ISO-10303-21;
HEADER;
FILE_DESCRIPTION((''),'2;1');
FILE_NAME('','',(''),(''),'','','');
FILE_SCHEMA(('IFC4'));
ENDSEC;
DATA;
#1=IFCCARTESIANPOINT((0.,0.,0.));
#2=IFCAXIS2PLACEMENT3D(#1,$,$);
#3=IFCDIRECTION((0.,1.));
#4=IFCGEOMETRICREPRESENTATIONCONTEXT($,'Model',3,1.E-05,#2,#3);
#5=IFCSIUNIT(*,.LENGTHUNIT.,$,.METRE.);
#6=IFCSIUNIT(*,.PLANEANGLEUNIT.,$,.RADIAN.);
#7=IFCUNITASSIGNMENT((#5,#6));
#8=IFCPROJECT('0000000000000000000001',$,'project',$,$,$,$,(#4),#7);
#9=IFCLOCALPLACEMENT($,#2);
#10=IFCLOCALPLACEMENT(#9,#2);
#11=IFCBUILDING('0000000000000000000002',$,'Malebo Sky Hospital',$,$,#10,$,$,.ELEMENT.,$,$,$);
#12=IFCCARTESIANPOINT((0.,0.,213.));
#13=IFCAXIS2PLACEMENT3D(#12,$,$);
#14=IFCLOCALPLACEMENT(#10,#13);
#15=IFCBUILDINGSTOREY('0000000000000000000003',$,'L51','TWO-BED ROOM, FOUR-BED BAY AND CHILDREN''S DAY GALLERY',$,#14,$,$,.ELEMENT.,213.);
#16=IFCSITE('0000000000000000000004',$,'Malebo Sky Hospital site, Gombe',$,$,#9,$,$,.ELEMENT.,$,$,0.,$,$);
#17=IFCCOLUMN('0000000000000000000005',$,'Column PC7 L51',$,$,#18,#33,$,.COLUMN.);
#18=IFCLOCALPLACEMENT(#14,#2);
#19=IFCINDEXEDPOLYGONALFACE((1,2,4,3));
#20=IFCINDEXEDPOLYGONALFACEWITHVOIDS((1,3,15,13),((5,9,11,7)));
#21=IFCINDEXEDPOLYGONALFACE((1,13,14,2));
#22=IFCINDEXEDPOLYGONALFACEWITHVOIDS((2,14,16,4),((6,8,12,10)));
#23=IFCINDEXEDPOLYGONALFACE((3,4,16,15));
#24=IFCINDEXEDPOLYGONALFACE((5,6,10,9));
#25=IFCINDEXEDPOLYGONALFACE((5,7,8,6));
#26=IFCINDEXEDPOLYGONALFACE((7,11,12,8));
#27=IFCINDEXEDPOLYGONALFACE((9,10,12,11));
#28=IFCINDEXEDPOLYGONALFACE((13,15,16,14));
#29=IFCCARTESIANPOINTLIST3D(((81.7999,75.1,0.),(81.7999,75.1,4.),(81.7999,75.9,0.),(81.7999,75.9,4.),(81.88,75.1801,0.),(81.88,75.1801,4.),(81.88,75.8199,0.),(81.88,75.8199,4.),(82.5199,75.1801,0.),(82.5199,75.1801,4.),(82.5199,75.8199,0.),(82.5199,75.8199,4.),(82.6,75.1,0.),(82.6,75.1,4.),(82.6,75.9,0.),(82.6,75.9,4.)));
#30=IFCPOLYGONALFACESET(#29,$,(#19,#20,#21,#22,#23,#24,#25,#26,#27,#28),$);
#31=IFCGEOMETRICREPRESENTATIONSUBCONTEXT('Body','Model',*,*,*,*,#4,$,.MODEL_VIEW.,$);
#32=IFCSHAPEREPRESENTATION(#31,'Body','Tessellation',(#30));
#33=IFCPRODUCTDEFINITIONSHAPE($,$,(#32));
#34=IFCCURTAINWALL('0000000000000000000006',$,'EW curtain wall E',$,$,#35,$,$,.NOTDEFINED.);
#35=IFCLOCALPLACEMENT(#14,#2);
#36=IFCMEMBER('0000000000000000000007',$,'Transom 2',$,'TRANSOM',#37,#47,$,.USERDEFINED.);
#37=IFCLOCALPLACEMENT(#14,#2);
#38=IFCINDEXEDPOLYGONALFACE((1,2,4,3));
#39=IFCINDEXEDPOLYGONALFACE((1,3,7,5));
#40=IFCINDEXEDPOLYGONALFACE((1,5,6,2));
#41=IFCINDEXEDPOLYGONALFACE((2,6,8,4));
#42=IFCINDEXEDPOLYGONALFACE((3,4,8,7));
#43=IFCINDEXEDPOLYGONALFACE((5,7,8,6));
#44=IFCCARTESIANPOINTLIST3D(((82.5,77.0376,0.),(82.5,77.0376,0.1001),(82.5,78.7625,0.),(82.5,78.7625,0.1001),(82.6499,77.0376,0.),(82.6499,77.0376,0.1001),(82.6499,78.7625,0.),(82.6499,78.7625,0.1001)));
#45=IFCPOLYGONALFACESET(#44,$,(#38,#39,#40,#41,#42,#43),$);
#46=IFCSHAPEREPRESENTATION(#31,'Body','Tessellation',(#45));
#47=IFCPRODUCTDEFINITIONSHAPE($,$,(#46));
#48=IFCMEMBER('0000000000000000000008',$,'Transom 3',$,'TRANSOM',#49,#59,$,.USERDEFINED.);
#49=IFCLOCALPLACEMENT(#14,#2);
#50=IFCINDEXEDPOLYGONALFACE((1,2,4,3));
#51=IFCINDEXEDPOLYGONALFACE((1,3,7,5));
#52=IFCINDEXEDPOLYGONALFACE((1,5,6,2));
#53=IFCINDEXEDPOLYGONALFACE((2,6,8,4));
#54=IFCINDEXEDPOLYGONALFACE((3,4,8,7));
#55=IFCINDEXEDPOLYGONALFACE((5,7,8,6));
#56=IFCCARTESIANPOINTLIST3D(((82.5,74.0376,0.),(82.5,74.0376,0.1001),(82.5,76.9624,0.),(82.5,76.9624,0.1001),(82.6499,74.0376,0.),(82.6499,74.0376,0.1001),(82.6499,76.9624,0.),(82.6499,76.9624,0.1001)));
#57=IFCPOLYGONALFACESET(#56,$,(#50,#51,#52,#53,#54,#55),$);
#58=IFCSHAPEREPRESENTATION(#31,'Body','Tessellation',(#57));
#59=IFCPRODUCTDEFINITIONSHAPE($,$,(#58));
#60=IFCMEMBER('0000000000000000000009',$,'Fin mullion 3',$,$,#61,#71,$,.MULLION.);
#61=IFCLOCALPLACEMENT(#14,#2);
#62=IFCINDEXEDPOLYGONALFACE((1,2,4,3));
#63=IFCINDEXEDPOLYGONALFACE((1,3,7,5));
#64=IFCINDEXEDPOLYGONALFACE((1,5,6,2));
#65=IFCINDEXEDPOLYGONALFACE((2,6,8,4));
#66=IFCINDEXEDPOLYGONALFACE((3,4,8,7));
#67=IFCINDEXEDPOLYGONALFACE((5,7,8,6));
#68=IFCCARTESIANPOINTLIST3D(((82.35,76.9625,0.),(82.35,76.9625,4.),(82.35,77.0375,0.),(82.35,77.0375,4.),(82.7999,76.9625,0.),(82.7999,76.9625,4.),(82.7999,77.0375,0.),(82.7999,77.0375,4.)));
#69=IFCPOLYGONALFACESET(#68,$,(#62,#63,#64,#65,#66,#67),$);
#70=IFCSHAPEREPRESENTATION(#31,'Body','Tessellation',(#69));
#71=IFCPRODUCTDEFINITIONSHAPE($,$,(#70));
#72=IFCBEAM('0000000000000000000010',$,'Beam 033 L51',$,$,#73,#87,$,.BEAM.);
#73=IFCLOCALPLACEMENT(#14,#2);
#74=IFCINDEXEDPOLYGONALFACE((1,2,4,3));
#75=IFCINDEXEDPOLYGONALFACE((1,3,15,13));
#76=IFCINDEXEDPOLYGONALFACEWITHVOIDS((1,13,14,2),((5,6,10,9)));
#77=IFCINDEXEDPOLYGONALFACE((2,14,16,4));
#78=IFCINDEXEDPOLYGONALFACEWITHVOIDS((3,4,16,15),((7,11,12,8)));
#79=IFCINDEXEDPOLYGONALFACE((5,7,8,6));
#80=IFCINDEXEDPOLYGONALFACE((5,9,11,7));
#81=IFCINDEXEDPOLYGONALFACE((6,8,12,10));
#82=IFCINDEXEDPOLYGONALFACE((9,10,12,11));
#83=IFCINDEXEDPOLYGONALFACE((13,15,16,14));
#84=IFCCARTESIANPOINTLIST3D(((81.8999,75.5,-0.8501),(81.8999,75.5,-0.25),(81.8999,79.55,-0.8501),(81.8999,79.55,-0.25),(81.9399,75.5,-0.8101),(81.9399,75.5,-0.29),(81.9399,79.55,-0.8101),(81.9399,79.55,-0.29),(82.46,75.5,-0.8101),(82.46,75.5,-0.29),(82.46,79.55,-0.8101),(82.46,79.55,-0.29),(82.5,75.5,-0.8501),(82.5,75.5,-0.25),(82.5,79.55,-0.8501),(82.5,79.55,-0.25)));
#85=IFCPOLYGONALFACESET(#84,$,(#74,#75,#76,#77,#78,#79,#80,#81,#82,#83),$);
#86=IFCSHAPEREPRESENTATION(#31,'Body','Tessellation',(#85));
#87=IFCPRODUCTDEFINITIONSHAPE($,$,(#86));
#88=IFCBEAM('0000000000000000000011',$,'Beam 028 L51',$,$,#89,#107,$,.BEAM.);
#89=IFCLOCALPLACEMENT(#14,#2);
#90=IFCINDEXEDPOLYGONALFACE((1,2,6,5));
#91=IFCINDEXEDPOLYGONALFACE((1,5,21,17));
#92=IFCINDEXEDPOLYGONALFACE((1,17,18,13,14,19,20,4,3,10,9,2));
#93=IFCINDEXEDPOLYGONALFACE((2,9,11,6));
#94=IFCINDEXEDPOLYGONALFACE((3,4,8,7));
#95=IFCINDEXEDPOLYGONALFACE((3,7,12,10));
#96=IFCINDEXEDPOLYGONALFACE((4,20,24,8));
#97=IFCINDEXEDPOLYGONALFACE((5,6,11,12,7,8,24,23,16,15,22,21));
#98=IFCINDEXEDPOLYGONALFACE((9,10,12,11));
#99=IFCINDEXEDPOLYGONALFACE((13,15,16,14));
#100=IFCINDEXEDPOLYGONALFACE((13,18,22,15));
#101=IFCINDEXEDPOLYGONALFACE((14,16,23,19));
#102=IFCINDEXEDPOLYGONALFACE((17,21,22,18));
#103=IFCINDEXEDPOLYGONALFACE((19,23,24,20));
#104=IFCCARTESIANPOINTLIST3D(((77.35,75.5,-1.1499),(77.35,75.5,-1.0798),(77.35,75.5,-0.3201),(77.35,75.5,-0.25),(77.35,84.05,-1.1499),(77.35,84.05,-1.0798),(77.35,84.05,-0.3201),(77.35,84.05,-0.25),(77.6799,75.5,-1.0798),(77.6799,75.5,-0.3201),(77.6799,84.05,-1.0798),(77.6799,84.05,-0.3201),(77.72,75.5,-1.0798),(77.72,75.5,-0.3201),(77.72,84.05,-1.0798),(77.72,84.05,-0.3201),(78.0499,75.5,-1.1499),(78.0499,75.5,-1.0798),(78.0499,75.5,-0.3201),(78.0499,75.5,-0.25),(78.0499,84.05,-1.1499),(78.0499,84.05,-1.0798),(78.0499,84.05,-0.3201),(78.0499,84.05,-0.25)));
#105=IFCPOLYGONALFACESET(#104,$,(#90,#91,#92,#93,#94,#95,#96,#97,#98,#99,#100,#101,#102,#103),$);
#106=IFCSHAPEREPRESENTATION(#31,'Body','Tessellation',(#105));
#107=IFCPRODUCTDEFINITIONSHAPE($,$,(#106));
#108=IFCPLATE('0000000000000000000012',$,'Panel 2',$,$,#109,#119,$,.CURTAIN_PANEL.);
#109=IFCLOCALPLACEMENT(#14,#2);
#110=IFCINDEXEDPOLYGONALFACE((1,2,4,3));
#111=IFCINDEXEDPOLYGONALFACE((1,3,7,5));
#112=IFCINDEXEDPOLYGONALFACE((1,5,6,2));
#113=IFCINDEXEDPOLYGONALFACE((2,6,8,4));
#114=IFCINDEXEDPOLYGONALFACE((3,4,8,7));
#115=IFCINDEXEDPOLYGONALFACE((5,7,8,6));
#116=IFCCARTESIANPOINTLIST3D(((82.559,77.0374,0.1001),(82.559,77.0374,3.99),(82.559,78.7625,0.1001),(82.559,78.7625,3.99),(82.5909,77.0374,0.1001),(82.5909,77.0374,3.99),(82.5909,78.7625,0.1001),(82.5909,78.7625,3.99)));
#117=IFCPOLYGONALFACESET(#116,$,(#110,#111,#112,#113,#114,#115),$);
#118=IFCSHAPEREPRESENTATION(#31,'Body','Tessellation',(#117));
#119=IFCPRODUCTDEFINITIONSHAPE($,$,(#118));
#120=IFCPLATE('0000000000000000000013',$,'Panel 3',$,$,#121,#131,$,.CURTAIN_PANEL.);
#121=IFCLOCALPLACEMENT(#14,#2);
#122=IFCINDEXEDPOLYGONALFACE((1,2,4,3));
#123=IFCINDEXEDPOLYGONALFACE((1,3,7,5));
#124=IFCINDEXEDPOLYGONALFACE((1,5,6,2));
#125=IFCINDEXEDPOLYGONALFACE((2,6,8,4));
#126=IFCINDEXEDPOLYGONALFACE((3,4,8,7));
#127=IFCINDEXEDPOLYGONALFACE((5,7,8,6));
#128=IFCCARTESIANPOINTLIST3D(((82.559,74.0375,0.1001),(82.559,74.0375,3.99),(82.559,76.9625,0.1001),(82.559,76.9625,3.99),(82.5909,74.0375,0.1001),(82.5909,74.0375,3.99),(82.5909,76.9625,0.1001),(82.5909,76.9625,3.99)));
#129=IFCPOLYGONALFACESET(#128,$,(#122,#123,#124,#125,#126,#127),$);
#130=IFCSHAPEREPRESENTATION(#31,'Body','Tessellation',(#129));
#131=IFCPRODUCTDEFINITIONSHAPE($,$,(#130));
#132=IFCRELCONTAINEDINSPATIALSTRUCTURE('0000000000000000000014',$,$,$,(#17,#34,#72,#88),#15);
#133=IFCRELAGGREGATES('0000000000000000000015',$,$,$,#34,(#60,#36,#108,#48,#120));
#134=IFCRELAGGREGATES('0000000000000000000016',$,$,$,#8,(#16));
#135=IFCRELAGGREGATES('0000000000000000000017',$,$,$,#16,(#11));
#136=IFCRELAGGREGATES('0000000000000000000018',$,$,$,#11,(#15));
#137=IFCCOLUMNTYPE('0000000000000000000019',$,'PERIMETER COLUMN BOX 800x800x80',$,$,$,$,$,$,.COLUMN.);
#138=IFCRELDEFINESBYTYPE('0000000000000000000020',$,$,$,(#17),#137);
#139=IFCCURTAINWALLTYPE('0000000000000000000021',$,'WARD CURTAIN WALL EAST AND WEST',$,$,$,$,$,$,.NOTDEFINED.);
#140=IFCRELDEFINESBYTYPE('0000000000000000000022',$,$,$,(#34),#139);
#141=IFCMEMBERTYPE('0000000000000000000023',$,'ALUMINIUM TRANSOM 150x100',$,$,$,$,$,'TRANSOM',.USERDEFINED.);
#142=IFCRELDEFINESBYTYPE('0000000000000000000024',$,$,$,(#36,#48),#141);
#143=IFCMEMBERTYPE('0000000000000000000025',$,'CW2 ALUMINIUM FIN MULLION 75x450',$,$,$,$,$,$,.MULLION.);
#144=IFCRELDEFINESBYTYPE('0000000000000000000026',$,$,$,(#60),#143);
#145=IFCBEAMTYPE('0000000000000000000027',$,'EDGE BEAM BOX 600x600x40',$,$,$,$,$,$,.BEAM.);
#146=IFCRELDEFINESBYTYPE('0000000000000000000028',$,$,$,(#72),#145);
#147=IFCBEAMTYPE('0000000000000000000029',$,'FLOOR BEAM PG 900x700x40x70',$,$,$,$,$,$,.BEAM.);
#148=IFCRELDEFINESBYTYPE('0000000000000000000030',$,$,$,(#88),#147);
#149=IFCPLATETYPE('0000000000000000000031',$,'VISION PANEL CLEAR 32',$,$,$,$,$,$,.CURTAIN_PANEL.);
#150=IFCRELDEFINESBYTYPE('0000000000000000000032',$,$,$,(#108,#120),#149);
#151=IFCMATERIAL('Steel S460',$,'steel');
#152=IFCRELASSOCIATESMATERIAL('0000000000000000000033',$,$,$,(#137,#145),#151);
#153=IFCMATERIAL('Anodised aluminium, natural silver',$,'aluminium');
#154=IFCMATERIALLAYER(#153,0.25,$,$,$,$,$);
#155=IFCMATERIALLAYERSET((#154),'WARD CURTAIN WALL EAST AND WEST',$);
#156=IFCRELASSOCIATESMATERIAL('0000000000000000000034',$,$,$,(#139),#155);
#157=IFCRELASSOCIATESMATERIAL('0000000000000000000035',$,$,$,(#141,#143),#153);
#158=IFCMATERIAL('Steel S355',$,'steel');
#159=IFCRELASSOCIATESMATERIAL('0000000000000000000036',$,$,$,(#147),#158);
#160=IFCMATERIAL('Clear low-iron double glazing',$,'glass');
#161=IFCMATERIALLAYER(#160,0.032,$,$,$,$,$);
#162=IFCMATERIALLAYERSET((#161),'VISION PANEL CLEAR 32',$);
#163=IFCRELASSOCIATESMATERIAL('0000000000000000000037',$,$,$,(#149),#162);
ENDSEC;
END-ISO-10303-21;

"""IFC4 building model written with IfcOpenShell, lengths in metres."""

from ifc_helpers import new_model, si_unit, direction, frame, origin, origin_2d, place, context, subcontext, project, spatial, rectangle, hollow_rectangle, i_section, extrude, material, layer, layer_set, material_profile, profile_set, type_object, element, aggregate, save


model = new_model("IFC4")

# Units and contexts
model_context = context("Model", 3, precision=1e-05, world=origin(), true_north=direction((0.0, 1.0)))
body_context = subcontext(model_context, "Body", "Model", "MODEL_VIEW")
ifc_project = project(units=[si_unit("LENGTHUNIT", "METRE"), si_unit("PLANEANGLEUNIT", "RADIAN")], contexts=[model_context])

# Site, building, storey
site_placement = place(None, origin())
site = spatial("IfcSite", under=ifc_project, at=site_placement, Name="Malebo Sky Hospital site, Gombe", CompositionType="ELEMENT", RefElevation=0.0)
building_placement = place(site_placement, origin())
building = spatial("IfcBuilding", under=site, at=building_placement, Name="Malebo Sky Hospital", CompositionType="ELEMENT")
storey_placement = place(building_placement, frame((0.0, 0.0, 213.0)))
storey = spatial("IfcBuildingStorey", under=building, at=storey_placement, Name="L51", Description="TWO-BED ROOM, FOUR-BED BAY AND CHILDREN'S DAY GALLERY", CompositionType="ELEMENT", Elevation=213.0)

# Column
ifc_material_1 = material(Name="Steel S460", Category="steel")
ifc_material_profile_1 = material_profile(ifc_material_1, hollow_rectangle(XDim=0.8, YDim=0.8, WallThickness=0.0801, at=origin_2d()), Name="BOX 800x800x80")
ifc_profile_set_1 = profile_set([ifc_material_profile_1], Name="Steel S460")
column_type = type_object("IfcColumnType", Name="PERIMETER COLUMN BOX 800x800x80", PredefinedType="COLUMN", material=ifc_profile_set_1)
column_placement = place(storey_placement, frame((82.2, 75.5, 0.0), z_axis=(0.0, 0.0, 1.0), x_axis=(1.0, 0.0, 0.0)))
element("IfcColumn", 1, at=column_placement, inside=storey, type_object=column_type, Name="Column PC7 L51", PredefinedType="COLUMN", context=body_context, shape_type="SweptSolid", body=[
    extrude(hollow_rectangle(XDim=0.8, YDim=0.8, WallThickness=0.0801, at=origin_2d()), origin(), (0.0, 0.0, 1.0), 4.0),
])

# Curtain wall, members
ifc_material_2 = material(Name="Anodised aluminium, natural silver", Category="aluminium")
ifc_layer_1 = layer(ifc_material_2, 0.25)
ifc_layer_set_1 = layer_set([ifc_layer_1], Name="WARD CURTAIN WALL EAST AND WEST")
curtain_wall_type = type_object("IfcCurtainWallType", Name="WARD CURTAIN WALL EAST AND WEST", PredefinedType="NOTDEFINED", material=ifc_layer_set_1)
curtain_wall_placement = place(storey_placement, origin())
curtain_wall = element("IfcCurtainWall", 2, at=curtain_wall_placement, inside=storey, type_object=curtain_wall_type, Name="EW curtain wall E", PredefinedType="NOTDEFINED")
ifc_material_profile_2 = material_profile(ifc_material_2, rectangle(XDim=0.1499, YDim=0.1001, at=origin_2d()), Name="ALUMINIUM TRANSOM 150x100")
ifc_profile_set_2 = profile_set([ifc_material_profile_2], Name="Anodised aluminium, natural silver")
member_type_1 = type_object("IfcMemberType", Name="ALUMINIUM TRANSOM 150x100", ElementType="TRANSOM", PredefinedType="USERDEFINED", material=ifc_profile_set_2)
member_1_placement = place(storey_placement, frame((82.575, 78.7625, 0.05), z_axis=(0.0, -1.0, 0.0), x_axis=(1.0, 0.0, 0.0)))
member_1 = element("IfcMember", 3, at=member_1_placement, type_object=member_type_1, Name="Transom 2", ObjectType="TRANSOM", PredefinedType="USERDEFINED", context=body_context, shape_type="SweptSolid", body=[
    extrude(rectangle(XDim=0.1499, YDim=0.1001, at=origin_2d()), origin(), (0.0, 0.0, 1.0), 1.7249),
])
member_2_placement = place(storey_placement, frame((82.575, 76.9624, 0.05), z_axis=(0.0, -1.0, 0.0), x_axis=(1.0, 0.0, 0.0)))
member_2 = element("IfcMember", 4, at=member_2_placement, type_object=member_type_1, Name="Transom 3", ObjectType="TRANSOM", PredefinedType="USERDEFINED", context=body_context, shape_type="SweptSolid", body=[
    extrude(rectangle(XDim=0.1499, YDim=0.1001, at=origin_2d()), origin(), (0.0, 0.0, 1.0), 2.9248),
])
ifc_material_profile_3 = material_profile(ifc_material_2, rectangle(XDim=0.075, YDim=0.45, at=origin_2d()), Name="CW2 ALUMINIUM FIN MULLION 75x450")
ifc_profile_set_3 = profile_set([ifc_material_profile_3], Name="Anodised aluminium, natural silver")
member_type_2 = type_object("IfcMemberType", Name="CW2 ALUMINIUM FIN MULLION 75x450", PredefinedType="MULLION", material=ifc_profile_set_3)
member_3_placement = place(storey_placement, frame((82.575, 77.0, 0.0), z_axis=(0.0, 0.0, 1.0), x_axis=(0.0, -1.0, 0.0)))
member_3 = element("IfcMember", 5, at=member_3_placement, type_object=member_type_2, Name="Fin mullion 3", PredefinedType="MULLION", context=body_context, shape_type="SweptSolid", body=[
    extrude(rectangle(XDim=0.075, YDim=0.45, at=origin_2d()), origin(), (0.0, 0.0, 1.0), 4.0),
])

# Beams
ifc_material_profile_4 = material_profile(ifc_material_1, hollow_rectangle(XDim=0.6001, YDim=0.6001, WallThickness=0.04, at=origin_2d()), Name="BOX 600x600x40")
ifc_profile_set_4 = profile_set([ifc_material_profile_4], Name="Steel S460")
beam_type_1 = type_object("IfcBeamType", Name="EDGE BEAM BOX 600x600x40", PredefinedType="BEAM", material=ifc_profile_set_4)
beam_1_placement = place(storey_placement, frame((82.2, 75.5, -0.55), z_axis=(0.0, 1.0, 0.0), x_axis=(-1.0, 0.0, 0.0)))
element("IfcBeam", 6, at=beam_1_placement, inside=storey, type_object=beam_type_1, Name="Beam 033 L51", PredefinedType="BEAM", context=body_context, shape_type="SweptSolid", body=[
    extrude(hollow_rectangle(XDim=0.6001, YDim=0.6001, WallThickness=0.04, at=origin_2d()), origin(), (0.0, 0.0, 1.0), 4.05),
])
ifc_material_3 = material(Name="Steel S355", Category="steel")
ifc_material_profile_5 = material_profile(ifc_material_3, i_section(OverallWidth=0.7, OverallDepth=0.8999, WebThickness=0.04, FlangeThickness=0.0701, at=origin_2d()), Name="PG 900x700x40x70")
ifc_profile_set_5 = profile_set([ifc_material_profile_5], Name="Steel S355")
beam_type_2 = type_object("IfcBeamType", Name="FLOOR BEAM PG 900x700x40x70", PredefinedType="BEAM", material=ifc_profile_set_5)
beam_2_placement = place(storey_placement, frame((77.7, 75.5, -0.7), z_axis=(0.0, 1.0, 0.0), x_axis=(-1.0, 0.0, 0.0)))
element("IfcBeam", 7, at=beam_2_placement, inside=storey, type_object=beam_type_2, Name="Beam 028 L51", PredefinedType="BEAM", context=body_context, shape_type="SweptSolid", body=[
    extrude(i_section(OverallWidth=0.7, OverallDepth=0.8999, WebThickness=0.04, FlangeThickness=0.0701, at=origin_2d()), origin(), (0.0, 0.0, 1.0), 8.55),
])

# Plates
ifc_material_4 = material(Name="Clear low-iron double glazing", Category="glass")
ifc_layer_2 = layer(ifc_material_4, 0.032)
ifc_layer_set_2 = layer_set([ifc_layer_2], Name="VISION PANEL CLEAR 32")
plate_type = type_object("IfcPlateType", Name="VISION PANEL CLEAR 32", PredefinedType="CURTAIN_PANEL", material=ifc_layer_set_2)
plate_1_placement = place(storey_placement, frame((82.575, 77.8999, 0.1001), z_axis=(0.0, 0.0, 1.0), x_axis=(0.0, -1.0, 0.0)))
plate_1 = element("IfcPlate", 8, at=plate_1_placement, type_object=plate_type, Name="Panel 2", PredefinedType="CURTAIN_PANEL", context=body_context, shape_type="SweptSolid", body=[
    extrude(rectangle(XDim=1.7251, YDim=0.032, at=origin_2d()), origin(), (0.0, 0.0, 1.0), 3.8899),
])
plate_2_placement = place(storey_placement, frame((82.575, 75.5, 0.1001), z_axis=(0.0, 0.0, 1.0), x_axis=(0.0, -1.0, 0.0)))
plate_2 = element("IfcPlate", 9, at=plate_2_placement, type_object=plate_type, Name="Panel 3", PredefinedType="CURTAIN_PANEL", context=body_context, shape_type="SweptSolid", body=[
    extrude(rectangle(XDim=2.925, YDim=0.032, at=origin_2d()), origin(), (0.0, 0.0, 1.0), 3.8899),
])
aggregate(curtain_wall, [member_3, member_1, plate_1, member_2, plate_2])

save(model, "model.ifc")
